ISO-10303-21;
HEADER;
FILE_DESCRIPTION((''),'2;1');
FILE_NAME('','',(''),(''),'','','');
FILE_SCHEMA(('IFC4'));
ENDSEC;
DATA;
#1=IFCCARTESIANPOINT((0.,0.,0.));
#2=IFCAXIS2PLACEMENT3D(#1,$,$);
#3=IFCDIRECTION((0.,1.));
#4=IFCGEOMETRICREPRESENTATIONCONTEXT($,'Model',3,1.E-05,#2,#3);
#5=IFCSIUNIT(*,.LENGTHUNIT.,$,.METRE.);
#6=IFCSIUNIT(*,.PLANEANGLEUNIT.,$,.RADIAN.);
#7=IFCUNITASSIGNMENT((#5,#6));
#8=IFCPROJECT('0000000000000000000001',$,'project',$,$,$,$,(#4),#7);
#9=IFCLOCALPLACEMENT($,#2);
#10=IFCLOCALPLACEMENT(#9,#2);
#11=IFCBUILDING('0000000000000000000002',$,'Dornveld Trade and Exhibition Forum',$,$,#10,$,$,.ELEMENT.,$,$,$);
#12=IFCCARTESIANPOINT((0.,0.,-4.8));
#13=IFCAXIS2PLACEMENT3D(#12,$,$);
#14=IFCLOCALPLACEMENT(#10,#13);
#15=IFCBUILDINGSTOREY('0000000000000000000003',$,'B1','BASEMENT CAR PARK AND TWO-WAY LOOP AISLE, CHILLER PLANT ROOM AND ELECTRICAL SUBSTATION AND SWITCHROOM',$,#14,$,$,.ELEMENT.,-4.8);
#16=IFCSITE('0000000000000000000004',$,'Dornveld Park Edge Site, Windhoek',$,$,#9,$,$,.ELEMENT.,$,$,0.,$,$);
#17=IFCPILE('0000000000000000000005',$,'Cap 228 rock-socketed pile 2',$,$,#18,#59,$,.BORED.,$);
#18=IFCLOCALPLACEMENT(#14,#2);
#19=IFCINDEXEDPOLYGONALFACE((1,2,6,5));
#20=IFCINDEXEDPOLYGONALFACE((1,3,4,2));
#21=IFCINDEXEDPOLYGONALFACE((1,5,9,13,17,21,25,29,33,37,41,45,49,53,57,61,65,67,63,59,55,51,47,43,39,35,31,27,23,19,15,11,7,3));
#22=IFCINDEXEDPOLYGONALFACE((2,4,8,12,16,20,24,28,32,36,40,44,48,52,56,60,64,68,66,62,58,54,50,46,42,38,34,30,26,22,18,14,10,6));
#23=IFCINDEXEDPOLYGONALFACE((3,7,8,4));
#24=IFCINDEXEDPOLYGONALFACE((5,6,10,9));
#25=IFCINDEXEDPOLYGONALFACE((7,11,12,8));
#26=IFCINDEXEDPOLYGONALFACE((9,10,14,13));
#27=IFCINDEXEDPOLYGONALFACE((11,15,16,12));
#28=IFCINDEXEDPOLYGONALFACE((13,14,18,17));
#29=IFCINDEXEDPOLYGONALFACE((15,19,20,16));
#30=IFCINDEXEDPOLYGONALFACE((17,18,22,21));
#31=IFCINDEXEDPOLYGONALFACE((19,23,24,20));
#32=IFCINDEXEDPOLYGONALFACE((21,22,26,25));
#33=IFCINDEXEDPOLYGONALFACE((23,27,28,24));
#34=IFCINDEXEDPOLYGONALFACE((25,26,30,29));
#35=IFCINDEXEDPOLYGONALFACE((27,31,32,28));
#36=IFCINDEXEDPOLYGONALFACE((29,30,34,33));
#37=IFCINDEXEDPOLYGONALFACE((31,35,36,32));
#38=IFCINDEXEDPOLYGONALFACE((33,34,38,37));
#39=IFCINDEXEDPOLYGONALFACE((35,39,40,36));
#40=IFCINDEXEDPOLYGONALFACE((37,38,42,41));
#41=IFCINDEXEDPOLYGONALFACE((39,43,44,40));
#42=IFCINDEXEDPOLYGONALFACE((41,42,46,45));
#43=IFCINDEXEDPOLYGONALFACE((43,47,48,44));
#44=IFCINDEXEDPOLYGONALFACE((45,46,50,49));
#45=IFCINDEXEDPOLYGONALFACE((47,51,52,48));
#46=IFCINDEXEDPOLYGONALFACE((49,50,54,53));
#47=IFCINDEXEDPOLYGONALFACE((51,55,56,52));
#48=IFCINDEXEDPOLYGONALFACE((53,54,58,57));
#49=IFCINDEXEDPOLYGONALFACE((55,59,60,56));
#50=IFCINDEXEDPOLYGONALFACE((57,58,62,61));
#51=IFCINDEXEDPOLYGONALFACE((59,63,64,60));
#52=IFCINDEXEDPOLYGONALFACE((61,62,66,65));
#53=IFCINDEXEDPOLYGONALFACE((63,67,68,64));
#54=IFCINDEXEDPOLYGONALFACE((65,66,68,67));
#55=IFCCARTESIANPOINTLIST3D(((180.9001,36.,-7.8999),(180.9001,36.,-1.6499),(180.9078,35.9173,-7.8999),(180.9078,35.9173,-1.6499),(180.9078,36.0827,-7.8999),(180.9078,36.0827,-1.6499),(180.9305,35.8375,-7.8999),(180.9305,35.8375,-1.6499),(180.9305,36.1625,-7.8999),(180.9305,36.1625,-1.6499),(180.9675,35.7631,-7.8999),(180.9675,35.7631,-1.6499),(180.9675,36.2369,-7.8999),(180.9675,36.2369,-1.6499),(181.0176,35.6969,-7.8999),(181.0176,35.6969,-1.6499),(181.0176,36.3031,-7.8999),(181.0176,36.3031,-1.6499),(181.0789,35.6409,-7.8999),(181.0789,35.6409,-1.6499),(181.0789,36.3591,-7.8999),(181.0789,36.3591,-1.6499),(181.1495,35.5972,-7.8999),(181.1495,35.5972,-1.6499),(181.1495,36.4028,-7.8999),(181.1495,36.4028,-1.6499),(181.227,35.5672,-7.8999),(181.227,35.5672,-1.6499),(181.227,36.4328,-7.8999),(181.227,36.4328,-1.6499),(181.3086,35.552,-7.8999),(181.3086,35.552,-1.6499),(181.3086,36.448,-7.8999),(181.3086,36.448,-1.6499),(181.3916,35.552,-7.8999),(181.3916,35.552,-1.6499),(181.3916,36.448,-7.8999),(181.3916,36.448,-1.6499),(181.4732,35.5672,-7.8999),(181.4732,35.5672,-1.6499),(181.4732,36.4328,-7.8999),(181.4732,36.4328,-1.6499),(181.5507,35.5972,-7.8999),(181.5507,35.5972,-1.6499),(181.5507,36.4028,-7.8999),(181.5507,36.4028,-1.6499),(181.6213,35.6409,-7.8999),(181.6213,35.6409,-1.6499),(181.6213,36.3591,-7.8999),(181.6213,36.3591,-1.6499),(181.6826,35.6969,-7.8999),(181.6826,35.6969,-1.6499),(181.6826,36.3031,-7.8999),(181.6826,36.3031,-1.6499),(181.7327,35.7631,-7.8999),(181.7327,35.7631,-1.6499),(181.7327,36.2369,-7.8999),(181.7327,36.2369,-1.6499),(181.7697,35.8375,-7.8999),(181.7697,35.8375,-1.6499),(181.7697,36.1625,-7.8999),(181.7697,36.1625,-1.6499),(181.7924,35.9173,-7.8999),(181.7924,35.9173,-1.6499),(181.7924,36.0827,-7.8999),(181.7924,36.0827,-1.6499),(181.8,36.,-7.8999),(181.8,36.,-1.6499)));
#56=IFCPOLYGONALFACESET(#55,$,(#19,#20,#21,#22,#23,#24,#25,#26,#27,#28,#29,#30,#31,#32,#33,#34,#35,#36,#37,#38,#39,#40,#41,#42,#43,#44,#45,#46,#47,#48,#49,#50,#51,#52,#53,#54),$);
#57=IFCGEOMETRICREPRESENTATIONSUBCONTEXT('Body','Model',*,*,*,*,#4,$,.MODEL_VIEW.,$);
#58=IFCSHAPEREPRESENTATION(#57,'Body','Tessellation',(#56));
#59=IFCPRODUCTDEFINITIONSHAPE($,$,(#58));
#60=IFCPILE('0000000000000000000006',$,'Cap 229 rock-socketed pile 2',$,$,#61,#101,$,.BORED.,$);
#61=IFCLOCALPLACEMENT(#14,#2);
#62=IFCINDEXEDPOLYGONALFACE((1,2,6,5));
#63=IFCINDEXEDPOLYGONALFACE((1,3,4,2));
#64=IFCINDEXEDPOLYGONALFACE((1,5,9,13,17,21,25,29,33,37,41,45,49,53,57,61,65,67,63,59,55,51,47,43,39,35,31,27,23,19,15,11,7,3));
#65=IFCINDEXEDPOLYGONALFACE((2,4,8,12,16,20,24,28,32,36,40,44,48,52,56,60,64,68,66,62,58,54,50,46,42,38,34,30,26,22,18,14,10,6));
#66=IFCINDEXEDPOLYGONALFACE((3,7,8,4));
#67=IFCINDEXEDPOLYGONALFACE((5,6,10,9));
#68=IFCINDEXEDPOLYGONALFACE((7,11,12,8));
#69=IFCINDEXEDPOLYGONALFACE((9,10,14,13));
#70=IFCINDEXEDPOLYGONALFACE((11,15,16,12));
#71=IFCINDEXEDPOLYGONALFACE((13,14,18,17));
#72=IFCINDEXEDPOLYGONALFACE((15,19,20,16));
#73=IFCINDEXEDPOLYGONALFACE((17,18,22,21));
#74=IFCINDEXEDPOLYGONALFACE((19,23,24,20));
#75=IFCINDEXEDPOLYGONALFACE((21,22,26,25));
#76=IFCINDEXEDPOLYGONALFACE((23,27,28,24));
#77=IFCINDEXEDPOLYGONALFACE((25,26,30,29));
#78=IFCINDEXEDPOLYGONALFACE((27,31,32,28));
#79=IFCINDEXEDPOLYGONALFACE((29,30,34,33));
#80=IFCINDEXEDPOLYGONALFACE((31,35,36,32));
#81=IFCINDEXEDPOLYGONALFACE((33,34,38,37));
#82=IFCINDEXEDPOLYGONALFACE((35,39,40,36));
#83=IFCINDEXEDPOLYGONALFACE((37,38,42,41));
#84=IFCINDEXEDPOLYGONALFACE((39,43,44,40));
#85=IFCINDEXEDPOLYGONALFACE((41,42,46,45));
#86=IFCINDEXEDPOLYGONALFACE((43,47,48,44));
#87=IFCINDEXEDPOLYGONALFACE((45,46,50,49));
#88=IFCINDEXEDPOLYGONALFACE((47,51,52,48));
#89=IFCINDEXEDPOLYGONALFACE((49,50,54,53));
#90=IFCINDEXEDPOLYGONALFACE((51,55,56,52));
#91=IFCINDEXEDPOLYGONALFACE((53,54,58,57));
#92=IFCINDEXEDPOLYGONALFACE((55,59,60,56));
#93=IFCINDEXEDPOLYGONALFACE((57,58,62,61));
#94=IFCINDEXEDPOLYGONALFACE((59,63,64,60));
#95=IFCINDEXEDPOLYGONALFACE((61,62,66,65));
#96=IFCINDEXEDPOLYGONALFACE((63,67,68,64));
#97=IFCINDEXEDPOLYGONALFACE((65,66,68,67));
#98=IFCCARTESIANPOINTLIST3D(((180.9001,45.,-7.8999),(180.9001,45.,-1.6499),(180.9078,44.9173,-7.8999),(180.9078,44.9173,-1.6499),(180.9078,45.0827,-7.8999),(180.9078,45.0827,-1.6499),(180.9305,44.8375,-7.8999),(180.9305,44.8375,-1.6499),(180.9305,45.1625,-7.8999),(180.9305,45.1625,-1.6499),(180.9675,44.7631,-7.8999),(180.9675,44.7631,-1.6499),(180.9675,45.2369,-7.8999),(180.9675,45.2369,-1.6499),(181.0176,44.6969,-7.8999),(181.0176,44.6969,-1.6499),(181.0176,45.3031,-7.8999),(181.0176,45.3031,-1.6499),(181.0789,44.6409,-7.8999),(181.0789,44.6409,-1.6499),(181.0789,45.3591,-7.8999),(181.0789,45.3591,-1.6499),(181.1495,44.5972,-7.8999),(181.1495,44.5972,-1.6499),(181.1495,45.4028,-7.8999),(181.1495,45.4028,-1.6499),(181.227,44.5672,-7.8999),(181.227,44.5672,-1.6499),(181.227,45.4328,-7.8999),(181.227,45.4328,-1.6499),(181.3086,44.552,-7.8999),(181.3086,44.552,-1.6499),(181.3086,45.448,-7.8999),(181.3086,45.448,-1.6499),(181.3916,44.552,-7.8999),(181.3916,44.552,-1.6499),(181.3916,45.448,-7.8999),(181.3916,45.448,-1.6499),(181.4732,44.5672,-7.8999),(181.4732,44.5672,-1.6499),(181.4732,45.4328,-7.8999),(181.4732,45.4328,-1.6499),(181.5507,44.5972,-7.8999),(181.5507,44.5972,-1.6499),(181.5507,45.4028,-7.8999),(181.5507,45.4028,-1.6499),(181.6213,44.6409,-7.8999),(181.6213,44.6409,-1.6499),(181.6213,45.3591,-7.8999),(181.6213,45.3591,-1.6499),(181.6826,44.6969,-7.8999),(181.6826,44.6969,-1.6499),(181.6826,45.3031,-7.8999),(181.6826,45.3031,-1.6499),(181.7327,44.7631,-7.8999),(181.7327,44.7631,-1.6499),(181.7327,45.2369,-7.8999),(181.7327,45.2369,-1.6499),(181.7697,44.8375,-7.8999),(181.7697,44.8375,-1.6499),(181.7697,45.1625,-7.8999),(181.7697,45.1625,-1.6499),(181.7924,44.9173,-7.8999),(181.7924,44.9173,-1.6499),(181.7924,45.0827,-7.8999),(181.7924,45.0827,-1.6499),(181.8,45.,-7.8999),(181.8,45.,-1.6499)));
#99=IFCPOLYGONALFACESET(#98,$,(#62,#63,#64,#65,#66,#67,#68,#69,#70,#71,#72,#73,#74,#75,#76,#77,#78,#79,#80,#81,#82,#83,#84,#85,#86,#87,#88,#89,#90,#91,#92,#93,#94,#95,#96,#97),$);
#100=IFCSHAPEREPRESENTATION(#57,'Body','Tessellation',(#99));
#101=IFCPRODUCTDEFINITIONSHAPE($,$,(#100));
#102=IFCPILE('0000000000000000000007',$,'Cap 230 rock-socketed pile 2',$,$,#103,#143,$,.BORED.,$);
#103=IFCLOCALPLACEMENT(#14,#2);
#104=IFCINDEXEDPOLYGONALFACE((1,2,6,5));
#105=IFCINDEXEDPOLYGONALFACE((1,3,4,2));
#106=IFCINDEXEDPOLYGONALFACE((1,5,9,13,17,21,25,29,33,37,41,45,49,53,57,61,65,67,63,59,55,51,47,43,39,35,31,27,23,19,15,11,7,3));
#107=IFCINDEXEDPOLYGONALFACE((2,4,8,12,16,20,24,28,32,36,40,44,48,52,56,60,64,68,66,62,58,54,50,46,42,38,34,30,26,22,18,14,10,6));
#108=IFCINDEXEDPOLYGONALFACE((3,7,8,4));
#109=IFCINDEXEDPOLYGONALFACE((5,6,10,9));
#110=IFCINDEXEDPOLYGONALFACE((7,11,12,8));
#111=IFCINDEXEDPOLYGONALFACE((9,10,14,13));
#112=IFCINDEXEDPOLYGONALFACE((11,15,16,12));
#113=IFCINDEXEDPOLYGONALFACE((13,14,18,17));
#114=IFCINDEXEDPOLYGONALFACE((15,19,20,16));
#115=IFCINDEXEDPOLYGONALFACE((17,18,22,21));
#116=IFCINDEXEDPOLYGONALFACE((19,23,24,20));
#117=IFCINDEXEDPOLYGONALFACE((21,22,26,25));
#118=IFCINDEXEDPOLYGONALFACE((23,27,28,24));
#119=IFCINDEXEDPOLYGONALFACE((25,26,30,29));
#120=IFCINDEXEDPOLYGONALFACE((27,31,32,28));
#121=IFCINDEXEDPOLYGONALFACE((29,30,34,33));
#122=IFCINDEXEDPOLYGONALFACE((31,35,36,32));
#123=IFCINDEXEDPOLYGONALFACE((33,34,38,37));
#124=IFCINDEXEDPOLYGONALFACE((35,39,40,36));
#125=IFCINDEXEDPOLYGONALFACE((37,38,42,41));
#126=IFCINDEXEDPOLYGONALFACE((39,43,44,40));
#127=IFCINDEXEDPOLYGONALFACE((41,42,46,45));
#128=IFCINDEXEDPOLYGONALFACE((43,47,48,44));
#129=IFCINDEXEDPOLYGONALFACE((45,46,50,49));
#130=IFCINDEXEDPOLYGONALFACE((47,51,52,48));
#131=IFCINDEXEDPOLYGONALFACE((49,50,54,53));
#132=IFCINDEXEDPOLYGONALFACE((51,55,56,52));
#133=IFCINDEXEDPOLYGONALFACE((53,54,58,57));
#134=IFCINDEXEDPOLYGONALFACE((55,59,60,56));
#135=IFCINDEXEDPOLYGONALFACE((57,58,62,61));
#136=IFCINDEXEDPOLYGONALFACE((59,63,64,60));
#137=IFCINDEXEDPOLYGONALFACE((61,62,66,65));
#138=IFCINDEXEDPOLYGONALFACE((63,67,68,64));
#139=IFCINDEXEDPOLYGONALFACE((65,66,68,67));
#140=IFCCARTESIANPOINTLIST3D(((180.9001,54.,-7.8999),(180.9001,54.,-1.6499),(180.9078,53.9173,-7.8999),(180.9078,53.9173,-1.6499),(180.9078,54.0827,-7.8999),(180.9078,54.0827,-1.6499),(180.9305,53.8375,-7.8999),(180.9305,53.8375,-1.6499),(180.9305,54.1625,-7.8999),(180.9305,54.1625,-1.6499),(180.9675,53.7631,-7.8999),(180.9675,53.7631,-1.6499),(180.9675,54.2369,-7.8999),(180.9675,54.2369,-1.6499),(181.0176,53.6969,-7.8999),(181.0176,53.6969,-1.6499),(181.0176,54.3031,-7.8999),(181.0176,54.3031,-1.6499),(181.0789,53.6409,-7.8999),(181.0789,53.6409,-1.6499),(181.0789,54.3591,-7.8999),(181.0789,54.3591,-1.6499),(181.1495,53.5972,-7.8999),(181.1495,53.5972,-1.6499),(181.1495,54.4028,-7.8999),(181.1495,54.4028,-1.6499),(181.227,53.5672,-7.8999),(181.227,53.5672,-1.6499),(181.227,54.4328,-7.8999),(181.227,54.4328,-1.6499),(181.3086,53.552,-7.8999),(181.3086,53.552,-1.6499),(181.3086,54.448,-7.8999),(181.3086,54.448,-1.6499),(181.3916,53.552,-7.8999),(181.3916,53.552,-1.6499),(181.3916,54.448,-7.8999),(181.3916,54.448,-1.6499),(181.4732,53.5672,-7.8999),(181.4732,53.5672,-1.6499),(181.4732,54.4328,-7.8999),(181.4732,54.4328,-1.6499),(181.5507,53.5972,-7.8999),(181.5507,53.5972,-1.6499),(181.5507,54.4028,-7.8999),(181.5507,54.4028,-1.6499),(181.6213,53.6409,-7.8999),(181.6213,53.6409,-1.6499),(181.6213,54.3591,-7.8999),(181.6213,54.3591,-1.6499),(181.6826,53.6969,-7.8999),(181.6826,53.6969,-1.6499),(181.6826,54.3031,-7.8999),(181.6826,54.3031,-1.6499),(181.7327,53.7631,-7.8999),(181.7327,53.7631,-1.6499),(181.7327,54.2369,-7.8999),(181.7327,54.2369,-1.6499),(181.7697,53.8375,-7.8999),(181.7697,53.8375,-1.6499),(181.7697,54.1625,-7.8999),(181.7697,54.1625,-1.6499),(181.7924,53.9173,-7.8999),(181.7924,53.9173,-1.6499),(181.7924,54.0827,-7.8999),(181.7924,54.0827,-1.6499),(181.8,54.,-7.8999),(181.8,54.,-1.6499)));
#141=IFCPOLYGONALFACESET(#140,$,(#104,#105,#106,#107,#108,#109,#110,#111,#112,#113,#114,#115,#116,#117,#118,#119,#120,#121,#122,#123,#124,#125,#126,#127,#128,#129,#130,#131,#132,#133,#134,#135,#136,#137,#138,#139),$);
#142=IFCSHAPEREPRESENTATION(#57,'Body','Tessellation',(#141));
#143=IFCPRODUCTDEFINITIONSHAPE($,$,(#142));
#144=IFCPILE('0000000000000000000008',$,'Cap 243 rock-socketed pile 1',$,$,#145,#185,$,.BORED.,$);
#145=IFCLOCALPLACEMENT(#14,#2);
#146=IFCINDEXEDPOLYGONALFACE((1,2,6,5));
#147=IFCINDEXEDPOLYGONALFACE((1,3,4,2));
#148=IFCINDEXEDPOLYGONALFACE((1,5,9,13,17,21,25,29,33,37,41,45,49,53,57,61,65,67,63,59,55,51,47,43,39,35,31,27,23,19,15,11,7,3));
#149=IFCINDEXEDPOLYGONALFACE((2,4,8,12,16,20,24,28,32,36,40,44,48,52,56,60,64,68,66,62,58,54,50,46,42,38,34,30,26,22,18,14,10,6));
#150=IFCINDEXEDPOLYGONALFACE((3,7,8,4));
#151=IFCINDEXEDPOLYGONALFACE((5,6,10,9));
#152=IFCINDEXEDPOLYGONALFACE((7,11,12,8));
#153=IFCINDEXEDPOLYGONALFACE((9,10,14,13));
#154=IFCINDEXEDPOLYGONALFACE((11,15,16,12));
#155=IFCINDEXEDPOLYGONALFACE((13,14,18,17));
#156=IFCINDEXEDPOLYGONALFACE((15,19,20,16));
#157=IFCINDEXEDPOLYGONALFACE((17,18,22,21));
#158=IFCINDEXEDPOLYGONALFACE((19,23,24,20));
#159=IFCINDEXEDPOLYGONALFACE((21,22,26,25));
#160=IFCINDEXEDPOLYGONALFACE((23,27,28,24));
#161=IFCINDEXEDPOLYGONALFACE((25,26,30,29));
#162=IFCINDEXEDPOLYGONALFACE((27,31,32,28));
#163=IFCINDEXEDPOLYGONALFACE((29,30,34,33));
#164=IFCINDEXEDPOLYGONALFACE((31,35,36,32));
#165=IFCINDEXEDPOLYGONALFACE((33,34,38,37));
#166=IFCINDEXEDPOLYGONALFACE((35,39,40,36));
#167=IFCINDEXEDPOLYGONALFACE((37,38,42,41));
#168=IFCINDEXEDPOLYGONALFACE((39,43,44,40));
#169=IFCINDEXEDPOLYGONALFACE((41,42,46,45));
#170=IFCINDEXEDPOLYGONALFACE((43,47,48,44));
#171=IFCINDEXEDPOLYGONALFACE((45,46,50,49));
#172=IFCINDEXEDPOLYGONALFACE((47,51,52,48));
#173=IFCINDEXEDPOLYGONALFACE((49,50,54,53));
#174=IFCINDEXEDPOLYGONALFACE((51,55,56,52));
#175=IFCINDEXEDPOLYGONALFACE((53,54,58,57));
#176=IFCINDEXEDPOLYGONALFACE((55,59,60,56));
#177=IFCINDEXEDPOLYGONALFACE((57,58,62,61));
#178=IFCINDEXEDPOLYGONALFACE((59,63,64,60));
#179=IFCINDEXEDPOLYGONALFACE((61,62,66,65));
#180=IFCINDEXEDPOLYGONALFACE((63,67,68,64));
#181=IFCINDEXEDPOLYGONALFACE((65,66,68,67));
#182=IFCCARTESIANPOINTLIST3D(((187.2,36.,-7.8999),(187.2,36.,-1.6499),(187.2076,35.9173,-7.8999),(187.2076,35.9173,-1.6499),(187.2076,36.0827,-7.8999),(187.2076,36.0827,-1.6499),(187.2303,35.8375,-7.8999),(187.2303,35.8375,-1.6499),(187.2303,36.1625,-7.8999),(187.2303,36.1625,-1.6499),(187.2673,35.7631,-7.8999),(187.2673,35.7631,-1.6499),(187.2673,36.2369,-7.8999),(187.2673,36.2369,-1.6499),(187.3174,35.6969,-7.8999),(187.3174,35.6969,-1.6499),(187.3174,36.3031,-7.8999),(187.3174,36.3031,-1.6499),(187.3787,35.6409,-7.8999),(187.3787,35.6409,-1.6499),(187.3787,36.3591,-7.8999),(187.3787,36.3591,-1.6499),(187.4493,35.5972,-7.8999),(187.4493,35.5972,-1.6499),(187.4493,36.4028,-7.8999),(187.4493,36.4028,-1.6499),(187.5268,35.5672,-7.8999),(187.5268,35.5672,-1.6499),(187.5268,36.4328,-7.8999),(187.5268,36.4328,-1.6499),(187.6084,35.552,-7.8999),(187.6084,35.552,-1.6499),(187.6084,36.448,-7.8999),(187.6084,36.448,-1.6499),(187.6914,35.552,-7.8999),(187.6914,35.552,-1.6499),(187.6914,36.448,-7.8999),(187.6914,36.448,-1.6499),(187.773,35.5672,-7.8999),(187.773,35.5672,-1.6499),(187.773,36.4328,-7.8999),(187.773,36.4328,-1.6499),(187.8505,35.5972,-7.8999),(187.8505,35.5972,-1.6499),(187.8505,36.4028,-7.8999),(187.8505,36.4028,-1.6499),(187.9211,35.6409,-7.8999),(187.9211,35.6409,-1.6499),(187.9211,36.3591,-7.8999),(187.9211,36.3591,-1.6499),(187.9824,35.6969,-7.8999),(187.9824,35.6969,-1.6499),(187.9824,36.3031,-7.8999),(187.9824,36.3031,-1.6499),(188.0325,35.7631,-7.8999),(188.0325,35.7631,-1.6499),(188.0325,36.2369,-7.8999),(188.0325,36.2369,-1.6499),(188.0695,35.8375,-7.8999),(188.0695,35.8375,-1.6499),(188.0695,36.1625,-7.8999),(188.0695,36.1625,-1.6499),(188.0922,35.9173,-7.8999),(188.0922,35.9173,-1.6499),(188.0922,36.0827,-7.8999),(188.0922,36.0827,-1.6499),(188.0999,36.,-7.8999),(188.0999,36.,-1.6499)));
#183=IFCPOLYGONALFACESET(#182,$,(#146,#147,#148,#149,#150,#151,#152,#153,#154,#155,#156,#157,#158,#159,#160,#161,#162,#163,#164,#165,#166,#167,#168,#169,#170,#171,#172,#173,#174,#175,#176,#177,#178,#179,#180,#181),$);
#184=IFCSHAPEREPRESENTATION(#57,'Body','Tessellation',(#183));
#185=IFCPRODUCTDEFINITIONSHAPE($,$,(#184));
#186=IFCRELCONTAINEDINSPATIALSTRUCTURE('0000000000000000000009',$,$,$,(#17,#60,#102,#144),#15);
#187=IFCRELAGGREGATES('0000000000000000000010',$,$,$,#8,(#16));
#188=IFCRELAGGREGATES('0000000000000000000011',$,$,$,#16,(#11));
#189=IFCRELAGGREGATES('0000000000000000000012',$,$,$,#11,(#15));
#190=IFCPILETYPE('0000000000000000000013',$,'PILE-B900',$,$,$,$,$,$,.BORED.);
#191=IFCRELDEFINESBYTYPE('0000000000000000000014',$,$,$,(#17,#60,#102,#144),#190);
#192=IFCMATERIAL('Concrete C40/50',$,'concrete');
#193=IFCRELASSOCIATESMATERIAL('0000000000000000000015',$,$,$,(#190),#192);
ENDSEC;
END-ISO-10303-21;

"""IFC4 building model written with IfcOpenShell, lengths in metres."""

from ifc_helpers import new_model, si_unit, direction, frame, origin, origin_2d, place, context, subcontext, project, spatial, circle, extrude, material, material_profile, profile_set, type_object, element, save


model = new_model("IFC4")

# Units and contexts
model_context = context("Model", 3, precision=1e-05, world=origin(), true_north=direction((0.0, 1.0)))
body_context = subcontext(model_context, "Body", "Model", "MODEL_VIEW")
ifc_project = project(units=[si_unit("LENGTHUNIT", "METRE"), si_unit("PLANEANGLEUNIT", "RADIAN")], contexts=[model_context])

# Site, building, storey
site_placement = place(None, origin())
site = spatial("IfcSite", under=ifc_project, at=site_placement, Name="Dornveld Park Edge Site, Windhoek", CompositionType="ELEMENT", RefElevation=0.0)
building_placement = place(site_placement, origin())
building = spatial("IfcBuilding", under=site, at=building_placement, Name="Dornveld Trade and Exhibition Forum", CompositionType="ELEMENT")
storey_placement = place(building_placement, frame((0.0, 0.0, -4.8)))
storey = spatial("IfcBuildingStorey", under=building, at=storey_placement, Name="B1", Description="BASEMENT CAR PARK AND TWO-WAY LOOP AISLE, CHILLER PLANT ROOM AND ELECTRICAL SUBSTATION AND SWITCHROOM", CompositionType="ELEMENT", Elevation=-4.8)

# Piles
ifc_material_1 = material(Name="Concrete C40/50", Category="concrete")
ifc_material_profile_1 = material_profile(ifc_material_1, circle(Radius=0.45, at=origin_2d()), Name="PILE D900")
ifc_profile_set_1 = profile_set([ifc_material_profile_1], Name="Concrete C40/50")
pile_type = type_object("IfcPileType", Name="PILE-B900", PredefinedType="BORED", material=ifc_profile_set_1)
for number, where, z_axis, x_axis, name in (
    (1, (181.3501, 36.0, -1.6499), (0.0, 0.0, -1.0), (1.0, 0.0, 0.0), "Cap 228 rock-socketed pile 2"),
    (2, (181.3501, 45.0, -1.6499), (0.0, 0.0, -1.0), (1.0, 0.0, 0.0), "Cap 229 rock-socketed pile 2"),
    (3, (181.3501, 54.0, -1.6499), (0.0, 0.0, -1.0), (1.0, 0.0, 0.0), "Cap 230 rock-socketed pile 2"),
    (4, (187.6499, 36.0, -1.6499), (0.0, 0.0, -1.0), (1.0, 0.0, 0.0), "Cap 243 rock-socketed pile 1"),
):
    element("IfcPile", number, at=place(storey_placement, frame(where, z_axis=z_axis, x_axis=x_axis)), inside=storey, type_object=pile_type, Name=name, PredefinedType="BORED", context=body_context, shape_type="SweptSolid", body=[
        extrude(circle(Radius=0.45, at=origin_2d()), origin(), (0.0, 0.0, 1.0), 6.25),
    ])

save(model, "model.ifc")
